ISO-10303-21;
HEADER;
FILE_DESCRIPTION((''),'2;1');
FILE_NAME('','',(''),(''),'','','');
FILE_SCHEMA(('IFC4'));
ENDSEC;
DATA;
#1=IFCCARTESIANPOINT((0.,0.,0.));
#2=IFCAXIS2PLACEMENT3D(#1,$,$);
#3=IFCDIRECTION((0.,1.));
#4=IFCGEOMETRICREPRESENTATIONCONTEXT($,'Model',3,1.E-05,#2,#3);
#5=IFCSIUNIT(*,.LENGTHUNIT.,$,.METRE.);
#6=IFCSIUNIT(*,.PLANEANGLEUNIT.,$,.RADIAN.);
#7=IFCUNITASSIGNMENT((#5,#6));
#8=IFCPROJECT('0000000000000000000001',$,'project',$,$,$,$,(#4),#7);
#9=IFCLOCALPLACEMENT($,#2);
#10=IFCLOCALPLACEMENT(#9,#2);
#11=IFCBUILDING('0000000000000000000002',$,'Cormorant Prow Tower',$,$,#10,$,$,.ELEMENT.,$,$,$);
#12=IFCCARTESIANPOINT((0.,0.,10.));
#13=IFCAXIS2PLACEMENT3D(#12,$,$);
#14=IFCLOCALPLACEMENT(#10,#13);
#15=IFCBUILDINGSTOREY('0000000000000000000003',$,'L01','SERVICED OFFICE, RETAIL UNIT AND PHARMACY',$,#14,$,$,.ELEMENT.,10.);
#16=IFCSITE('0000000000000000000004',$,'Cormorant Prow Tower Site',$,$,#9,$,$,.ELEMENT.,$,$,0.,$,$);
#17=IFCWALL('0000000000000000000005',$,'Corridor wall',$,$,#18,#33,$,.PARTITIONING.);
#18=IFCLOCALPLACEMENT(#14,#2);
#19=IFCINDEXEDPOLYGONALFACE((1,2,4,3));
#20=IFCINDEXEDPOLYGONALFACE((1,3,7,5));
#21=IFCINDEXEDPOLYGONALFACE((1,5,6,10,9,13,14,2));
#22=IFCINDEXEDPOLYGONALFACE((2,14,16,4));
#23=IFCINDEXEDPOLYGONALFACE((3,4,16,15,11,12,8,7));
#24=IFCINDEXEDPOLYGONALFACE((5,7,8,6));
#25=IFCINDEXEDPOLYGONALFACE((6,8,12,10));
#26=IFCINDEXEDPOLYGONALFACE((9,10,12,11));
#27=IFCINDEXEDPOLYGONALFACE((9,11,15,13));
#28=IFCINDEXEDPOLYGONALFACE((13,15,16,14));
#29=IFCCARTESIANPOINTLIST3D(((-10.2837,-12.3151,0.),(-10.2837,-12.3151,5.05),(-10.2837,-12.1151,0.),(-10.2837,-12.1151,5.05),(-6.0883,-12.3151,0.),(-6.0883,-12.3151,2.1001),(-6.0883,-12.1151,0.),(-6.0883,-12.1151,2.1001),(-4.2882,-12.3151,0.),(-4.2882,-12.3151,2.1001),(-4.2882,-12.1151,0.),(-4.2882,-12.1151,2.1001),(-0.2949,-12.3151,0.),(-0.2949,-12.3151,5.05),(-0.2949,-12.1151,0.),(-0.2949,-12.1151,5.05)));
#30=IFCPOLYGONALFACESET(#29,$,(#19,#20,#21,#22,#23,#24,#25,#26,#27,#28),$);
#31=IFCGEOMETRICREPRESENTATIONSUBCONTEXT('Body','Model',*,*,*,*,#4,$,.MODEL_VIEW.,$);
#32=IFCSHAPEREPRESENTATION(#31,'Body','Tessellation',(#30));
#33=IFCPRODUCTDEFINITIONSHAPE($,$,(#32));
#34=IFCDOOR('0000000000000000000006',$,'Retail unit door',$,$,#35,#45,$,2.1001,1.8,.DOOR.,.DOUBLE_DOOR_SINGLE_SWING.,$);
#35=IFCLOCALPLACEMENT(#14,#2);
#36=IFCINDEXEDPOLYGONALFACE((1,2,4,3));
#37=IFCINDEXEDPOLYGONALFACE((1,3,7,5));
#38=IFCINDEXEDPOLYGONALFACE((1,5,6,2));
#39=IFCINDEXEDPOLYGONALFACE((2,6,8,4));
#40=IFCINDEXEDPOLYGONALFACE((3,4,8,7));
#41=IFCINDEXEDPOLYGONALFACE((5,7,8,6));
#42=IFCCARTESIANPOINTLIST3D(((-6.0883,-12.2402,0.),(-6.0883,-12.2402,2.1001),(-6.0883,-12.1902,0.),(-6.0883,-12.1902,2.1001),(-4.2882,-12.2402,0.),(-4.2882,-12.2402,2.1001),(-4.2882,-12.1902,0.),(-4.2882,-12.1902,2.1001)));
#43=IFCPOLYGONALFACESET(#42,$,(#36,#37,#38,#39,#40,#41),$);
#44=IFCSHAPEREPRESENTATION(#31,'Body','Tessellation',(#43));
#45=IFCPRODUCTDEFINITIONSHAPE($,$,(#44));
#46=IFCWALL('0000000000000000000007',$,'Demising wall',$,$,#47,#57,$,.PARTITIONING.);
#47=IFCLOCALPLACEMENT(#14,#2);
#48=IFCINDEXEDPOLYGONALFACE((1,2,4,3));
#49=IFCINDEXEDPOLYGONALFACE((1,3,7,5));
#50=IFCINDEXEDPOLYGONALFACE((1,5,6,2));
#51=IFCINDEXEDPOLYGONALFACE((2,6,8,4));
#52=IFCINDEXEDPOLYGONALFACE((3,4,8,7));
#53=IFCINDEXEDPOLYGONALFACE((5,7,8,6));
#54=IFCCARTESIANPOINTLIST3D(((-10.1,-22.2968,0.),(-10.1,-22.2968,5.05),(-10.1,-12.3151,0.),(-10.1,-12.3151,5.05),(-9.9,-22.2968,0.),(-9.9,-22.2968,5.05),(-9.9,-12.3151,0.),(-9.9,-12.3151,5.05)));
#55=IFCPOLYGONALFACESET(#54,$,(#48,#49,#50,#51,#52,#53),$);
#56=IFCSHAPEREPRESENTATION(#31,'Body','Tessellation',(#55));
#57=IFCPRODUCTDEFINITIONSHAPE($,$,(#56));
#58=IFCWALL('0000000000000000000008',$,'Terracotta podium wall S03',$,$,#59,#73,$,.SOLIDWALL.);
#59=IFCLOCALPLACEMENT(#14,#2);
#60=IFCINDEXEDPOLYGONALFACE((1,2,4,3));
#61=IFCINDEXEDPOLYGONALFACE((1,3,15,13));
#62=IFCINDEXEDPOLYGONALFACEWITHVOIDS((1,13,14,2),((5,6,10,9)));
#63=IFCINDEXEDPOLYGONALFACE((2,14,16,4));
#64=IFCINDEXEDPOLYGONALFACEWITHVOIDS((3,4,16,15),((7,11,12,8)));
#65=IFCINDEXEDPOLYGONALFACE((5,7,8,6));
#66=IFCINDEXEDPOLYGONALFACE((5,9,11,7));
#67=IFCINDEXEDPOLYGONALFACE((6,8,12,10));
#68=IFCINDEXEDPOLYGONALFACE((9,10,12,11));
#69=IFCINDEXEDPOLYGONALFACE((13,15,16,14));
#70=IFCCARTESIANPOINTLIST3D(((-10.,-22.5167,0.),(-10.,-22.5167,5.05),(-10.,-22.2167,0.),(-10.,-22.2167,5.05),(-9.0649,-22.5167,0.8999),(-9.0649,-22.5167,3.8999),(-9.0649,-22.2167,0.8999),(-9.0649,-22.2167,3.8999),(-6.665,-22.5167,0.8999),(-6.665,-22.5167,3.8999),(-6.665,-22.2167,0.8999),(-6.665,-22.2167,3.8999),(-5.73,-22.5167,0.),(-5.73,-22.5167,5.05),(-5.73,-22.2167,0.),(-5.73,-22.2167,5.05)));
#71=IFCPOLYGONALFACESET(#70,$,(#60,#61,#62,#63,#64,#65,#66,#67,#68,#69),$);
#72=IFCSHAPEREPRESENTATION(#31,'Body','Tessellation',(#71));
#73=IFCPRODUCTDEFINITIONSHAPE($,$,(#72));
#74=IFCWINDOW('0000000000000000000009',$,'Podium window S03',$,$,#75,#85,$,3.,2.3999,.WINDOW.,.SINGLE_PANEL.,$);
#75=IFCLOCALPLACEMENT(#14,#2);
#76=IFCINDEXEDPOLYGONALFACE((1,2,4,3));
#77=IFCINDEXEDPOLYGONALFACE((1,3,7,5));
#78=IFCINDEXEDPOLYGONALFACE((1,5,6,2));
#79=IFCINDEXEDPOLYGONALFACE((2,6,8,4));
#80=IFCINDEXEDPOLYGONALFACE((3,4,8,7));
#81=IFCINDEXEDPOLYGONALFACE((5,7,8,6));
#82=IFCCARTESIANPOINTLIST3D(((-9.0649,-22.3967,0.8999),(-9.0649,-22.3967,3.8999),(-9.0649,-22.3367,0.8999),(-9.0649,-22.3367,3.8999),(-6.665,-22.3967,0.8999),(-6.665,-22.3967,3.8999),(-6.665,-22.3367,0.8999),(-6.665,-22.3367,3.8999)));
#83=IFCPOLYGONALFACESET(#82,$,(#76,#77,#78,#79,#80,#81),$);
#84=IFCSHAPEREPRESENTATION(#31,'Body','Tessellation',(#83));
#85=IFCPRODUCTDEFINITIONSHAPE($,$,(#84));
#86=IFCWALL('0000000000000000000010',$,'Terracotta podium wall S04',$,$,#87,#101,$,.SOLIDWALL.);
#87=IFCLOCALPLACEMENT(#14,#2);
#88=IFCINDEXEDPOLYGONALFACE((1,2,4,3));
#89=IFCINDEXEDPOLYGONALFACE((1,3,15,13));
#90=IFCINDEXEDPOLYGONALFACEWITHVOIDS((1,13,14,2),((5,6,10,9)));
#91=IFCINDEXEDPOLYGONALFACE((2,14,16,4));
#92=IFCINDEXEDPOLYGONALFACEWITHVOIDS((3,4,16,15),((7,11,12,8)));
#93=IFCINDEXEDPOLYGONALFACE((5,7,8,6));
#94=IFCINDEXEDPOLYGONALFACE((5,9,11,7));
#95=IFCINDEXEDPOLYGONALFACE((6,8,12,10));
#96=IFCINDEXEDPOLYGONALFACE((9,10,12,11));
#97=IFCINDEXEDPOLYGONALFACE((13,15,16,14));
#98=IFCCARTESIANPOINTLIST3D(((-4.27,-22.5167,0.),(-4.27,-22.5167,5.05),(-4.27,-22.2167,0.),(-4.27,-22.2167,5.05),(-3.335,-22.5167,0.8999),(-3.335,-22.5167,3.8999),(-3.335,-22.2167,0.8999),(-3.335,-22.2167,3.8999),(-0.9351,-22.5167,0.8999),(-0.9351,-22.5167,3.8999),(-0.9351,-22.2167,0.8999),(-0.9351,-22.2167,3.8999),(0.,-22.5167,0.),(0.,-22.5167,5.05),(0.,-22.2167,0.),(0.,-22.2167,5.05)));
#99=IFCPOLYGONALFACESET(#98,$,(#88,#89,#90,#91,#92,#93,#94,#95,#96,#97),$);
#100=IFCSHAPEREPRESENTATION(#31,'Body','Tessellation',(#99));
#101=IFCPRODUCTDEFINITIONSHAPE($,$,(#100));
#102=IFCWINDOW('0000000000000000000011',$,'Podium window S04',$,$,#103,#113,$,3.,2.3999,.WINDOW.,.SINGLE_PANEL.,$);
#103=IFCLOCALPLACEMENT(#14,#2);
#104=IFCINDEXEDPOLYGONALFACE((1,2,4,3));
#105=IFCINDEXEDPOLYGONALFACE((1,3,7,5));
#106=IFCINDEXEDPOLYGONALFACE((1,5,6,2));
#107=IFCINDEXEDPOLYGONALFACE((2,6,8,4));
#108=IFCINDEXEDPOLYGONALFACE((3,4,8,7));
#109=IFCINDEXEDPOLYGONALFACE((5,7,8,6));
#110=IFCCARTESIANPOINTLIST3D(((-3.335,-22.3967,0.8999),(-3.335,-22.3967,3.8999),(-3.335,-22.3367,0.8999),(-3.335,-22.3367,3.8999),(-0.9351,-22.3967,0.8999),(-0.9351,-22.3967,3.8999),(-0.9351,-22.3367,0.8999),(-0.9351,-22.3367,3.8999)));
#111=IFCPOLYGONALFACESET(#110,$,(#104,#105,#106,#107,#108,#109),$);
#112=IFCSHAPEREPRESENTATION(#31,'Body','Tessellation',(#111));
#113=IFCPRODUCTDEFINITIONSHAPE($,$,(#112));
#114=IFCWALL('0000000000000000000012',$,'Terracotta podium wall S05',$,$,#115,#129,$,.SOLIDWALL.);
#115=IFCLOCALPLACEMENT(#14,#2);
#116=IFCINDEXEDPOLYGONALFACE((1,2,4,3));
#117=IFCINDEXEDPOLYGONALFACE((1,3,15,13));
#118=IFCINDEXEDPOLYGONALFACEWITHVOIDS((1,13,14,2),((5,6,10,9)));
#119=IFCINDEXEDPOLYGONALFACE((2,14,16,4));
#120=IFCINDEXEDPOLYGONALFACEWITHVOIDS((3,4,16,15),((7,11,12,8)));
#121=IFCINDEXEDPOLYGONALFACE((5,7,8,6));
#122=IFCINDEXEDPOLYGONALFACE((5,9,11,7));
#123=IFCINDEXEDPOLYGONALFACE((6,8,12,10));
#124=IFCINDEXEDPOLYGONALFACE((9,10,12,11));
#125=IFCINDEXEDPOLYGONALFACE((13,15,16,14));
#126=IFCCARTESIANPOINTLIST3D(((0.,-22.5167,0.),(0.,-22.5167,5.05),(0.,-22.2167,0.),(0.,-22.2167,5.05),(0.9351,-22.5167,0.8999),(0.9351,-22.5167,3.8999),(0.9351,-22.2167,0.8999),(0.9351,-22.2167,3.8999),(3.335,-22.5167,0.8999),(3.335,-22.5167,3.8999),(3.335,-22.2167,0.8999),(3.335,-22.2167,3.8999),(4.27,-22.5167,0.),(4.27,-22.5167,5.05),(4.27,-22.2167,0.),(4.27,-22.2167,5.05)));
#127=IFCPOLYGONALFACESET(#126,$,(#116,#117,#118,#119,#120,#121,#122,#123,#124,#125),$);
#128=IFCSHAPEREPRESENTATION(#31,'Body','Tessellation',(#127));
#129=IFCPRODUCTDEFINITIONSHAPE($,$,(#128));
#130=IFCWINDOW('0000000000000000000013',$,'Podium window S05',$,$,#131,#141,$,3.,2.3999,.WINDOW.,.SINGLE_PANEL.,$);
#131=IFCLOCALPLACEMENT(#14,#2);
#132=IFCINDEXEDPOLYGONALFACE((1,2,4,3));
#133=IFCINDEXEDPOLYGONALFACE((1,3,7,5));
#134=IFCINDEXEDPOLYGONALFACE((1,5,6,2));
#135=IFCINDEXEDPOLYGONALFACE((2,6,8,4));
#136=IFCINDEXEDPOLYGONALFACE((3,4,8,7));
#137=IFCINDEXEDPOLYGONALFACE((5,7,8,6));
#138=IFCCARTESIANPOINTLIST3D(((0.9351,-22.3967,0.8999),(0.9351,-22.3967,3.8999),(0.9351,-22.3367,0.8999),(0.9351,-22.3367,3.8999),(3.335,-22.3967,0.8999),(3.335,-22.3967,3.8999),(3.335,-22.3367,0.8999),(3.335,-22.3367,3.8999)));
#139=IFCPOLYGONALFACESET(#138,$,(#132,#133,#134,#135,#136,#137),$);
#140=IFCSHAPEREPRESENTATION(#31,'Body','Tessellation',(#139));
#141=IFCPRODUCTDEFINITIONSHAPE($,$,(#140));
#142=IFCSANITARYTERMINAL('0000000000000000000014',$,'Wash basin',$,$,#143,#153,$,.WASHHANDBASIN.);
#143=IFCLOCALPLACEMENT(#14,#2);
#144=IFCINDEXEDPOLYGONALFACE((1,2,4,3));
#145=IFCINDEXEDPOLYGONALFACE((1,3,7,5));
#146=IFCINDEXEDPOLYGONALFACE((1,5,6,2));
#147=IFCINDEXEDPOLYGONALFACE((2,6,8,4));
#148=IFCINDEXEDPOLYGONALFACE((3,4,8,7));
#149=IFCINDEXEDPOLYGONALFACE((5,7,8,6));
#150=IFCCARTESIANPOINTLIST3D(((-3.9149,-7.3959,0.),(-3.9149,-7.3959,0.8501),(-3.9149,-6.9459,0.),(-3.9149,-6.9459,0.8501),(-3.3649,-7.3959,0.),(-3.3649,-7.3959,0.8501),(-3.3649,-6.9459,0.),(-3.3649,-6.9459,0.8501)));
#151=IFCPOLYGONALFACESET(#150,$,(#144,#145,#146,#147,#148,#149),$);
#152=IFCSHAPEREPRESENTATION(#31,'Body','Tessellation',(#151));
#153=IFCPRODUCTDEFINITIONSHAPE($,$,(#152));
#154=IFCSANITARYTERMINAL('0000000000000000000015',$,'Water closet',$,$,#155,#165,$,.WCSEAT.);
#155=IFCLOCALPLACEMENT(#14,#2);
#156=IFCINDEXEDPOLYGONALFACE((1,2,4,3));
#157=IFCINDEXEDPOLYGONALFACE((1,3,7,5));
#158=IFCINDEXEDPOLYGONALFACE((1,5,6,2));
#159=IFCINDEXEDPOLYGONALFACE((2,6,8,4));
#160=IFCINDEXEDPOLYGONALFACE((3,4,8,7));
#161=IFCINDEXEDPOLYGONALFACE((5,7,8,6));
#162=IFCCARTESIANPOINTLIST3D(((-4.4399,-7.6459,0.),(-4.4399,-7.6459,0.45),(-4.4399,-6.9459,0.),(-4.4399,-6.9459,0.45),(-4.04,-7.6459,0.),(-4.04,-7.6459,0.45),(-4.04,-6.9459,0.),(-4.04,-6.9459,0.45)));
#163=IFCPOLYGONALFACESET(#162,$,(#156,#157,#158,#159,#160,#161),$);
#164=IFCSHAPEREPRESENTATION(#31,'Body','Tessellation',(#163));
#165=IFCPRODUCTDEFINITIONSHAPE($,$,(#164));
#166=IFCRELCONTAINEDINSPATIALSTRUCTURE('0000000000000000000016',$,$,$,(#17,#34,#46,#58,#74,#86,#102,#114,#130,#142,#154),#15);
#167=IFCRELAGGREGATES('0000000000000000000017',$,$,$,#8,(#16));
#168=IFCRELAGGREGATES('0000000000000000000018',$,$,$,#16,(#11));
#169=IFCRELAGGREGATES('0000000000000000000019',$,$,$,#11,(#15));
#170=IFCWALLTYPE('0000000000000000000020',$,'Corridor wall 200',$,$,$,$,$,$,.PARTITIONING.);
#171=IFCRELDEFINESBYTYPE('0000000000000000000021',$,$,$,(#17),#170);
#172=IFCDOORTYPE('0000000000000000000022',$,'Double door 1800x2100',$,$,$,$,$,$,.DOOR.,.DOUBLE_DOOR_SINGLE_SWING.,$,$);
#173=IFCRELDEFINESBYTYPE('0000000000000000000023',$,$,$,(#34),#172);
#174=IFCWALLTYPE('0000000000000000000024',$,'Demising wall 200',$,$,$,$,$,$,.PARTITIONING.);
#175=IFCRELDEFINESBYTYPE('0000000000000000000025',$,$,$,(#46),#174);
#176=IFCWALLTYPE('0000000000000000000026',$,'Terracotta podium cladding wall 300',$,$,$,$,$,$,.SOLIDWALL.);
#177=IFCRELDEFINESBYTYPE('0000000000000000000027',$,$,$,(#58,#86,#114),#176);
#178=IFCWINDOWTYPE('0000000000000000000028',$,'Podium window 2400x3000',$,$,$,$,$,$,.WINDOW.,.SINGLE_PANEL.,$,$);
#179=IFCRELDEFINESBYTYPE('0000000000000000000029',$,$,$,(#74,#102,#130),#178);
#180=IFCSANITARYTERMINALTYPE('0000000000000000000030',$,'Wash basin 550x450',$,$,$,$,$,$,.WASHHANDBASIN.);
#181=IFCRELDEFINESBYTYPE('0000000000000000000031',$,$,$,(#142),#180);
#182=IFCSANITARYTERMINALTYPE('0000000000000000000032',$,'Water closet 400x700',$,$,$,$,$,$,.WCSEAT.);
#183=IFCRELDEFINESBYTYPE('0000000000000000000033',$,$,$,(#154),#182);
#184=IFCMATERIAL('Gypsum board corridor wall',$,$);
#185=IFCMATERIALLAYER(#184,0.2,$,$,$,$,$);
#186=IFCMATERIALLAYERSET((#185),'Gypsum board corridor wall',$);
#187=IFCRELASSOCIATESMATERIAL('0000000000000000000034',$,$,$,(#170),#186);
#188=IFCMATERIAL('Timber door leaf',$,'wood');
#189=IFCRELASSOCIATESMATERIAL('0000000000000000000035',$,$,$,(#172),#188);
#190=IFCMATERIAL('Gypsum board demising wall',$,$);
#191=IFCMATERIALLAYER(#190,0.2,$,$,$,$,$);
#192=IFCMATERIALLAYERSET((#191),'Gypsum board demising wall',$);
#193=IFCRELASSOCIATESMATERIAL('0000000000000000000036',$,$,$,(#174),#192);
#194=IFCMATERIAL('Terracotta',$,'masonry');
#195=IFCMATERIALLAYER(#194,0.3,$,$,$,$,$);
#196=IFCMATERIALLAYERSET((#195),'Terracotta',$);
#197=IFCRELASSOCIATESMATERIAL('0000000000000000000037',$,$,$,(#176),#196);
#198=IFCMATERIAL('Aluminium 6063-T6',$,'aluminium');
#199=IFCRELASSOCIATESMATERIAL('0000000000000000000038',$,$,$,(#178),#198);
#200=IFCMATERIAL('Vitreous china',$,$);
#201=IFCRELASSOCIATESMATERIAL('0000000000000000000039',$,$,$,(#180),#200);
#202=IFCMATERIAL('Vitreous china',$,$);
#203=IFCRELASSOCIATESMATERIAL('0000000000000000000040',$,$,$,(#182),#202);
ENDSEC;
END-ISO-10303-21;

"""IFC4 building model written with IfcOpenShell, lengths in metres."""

from ifc_helpers import new_model, si_unit, direction, frame, frame_2d, origin, origin_2d, place, context, subcontext, project, spatial, rectangle, extrude, material, layer, layer_set, type_object, element, fill, save


model = new_model("IFC4")

# Units and contexts
model_context = context("Model", 3, precision=1e-05, world=origin(), true_north=direction((0.0, 1.0)))
body_context = subcontext(model_context, "Body", "Model", "MODEL_VIEW")
ifc_project = project(units=[si_unit("LENGTHUNIT", "METRE"), si_unit("PLANEANGLEUNIT", "RADIAN")], contexts=[model_context])

# Site, building, storey
site_placement = place(None, origin())
site = spatial("IfcSite", under=ifc_project, at=site_placement, Name="Cormorant Prow Tower Site", CompositionType="ELEMENT", RefElevation=0.0)
building_placement = place(site_placement, origin())
building = spatial("IfcBuilding", under=site, at=building_placement, Name="Cormorant Prow Tower", CompositionType="ELEMENT")
storey_placement = place(building_placement, frame((0.0, 0.0, 10.0)))
storey = spatial("IfcBuildingStorey", under=building, at=storey_placement, Name="L01", Description="SERVICED OFFICE, RETAIL UNIT AND PHARMACY", CompositionType="ELEMENT", Elevation=10.0)

# Wall, opening, door
ifc_material_1 = material(Name="Gypsum board corridor wall")
ifc_layer_1 = layer(ifc_material_1, 0.2)
ifc_layer_set_1 = layer_set([ifc_layer_1], Name="Gypsum board corridor wall")
wall_type_1 = type_object("IfcWallType", Name="Corridor wall 200", PredefinedType="PARTITIONING", material=ifc_layer_set_1)
wall_1_placement = place(storey_placement, frame((-10.2837, -12.2151, 0.0), z_axis=(0.0, 0.0, 1.0), x_axis=(1.0, 0.0, 0.0)))
wall_1 = element("IfcWall", 1, at=wall_1_placement, inside=storey, type_object=wall_type_1, Name="Corridor wall", PredefinedType="PARTITIONING", context=body_context, shape_type="SweptSolid", body=[
    extrude(rectangle(XDim=9.9888, YDim=0.2, at=frame_2d((4.9944, 0.0))), origin(), (0.0, 0.0, 1.0), 5.05),
])
opening_1_placement = place(wall_1_placement, frame((4.1956, 0.0, 0.0)))
opening_1 = element("IfcOpeningElement", 2, at=opening_1_placement, cuts=wall_1, PredefinedType="OPENING", context=body_context, shape_type="SweptSolid", body=[
    extrude(rectangle(XDim=1.8, YDim=2.1001, at=frame_2d((0.8999, 1.05))), frame((0.0, 0.1099, 0.0), z_axis=(0.0, -1.0, 0.0), x_axis=(1.0, 0.0, 0.0)), (0.0, 0.0, 1.0), 0.22),
])
ifc_material_2 = material(Name="Timber door leaf", Category="wood")
door_type_1 = type_object("IfcDoorType", Name="Double door 1800x2100", OperationType="DOUBLE_DOOR_SINGLE_SWING", PredefinedType="DOOR", material=ifc_material_2)
door_1_placement = place(opening_1_placement, origin())
door_1 = element("IfcDoor", 3, at=door_1_placement, inside=storey, type_object=door_type_1, Name="Retail unit door", OperationType="DOUBLE_DOOR_SINGLE_SWING", OverallHeight=2.1001, OverallWidth=1.8, PredefinedType="DOOR", context=body_context, shape_type="SweptSolid", body=[
    extrude(rectangle(XDim=1.8, YDim=2.1001, at=frame_2d((0.8999, 1.05))), frame((0.0, 0.0249, 0.0), z_axis=(0.0, -1.0, 0.0), x_axis=(1.0, 0.0, 0.0)), (0.0, 0.0, 1.0), 0.05),
])
fill(opening_1, door_1)

# Wall
ifc_material_3 = material(Name="Gypsum board demising wall")
ifc_layer_2 = layer(ifc_material_3, 0.2)
ifc_layer_set_2 = layer_set([ifc_layer_2], Name="Gypsum board demising wall")
wall_type_2 = type_object("IfcWallType", Name="Demising wall 200", PredefinedType="PARTITIONING", material=ifc_layer_set_2)
wall_2_placement = place(storey_placement, frame((-10.0, -22.2966, 0.0), z_axis=(0.0, 0.0, 1.0), x_axis=(0.0, 1.0, 0.0)))
element("IfcWall", 4, at=wall_2_placement, inside=storey, type_object=wall_type_2, Name="Demising wall", PredefinedType="PARTITIONING", context=body_context, shape_type="SweptSolid", body=[
    extrude(rectangle(XDim=9.9817, YDim=0.2, at=frame_2d((4.9907, 0.0))), origin(), (0.0, 0.0, 1.0), 5.05),
])

# Walls, openings, windows
ifc_material_4 = material(Name="Terracotta", Category="masonry")
ifc_layer_3 = layer(ifc_material_4, 0.3)
ifc_layer_set_3 = layer_set([ifc_layer_3], Name="Terracotta")
wall_type_3 = type_object("IfcWallType", Name="Terracotta podium cladding wall 300", PredefinedType="SOLIDWALL", material=ifc_layer_set_3)
wall_3_placement = place(storey_placement, frame((-10.0, -22.3667, 0.0), z_axis=(0.0, 0.0, 1.0), x_axis=(1.0, 0.0, 0.0)))
wall_3 = element("IfcWall", 5, at=wall_3_placement, inside=storey, type_object=wall_type_3, Name="Terracotta podium wall S03", PredefinedType="SOLIDWALL", context=body_context, shape_type="SweptSolid", body=[
    extrude(rectangle(XDim=4.27, YDim=0.3, at=frame_2d((2.135, 0.0))), origin(), (0.0, 0.0, 1.0), 5.05),
])
opening_2_placement = place(wall_3_placement, frame((0.9351, 0.0, 0.8999)))
opening_2 = element("IfcOpeningElement", 6, at=opening_2_placement, cuts=wall_3, PredefinedType="OPENING", context=body_context, shape_type="SweptSolid", body=[
    extrude(rectangle(XDim=2.3999, YDim=3.0, at=frame_2d((1.2, 1.5))), frame((0.0, 0.1599, 0.0), z_axis=(0.0, -1.0, 0.0), x_axis=(1.0, 0.0, 0.0)), (0.0, 0.0, 1.0), 0.3201),
])
ifc_material_5 = material(Name="Aluminium 6063-T6", Category="aluminium")
window_type = type_object("IfcWindowType", Name="Podium window 2400x3000", PartitioningType="SINGLE_PANEL", PredefinedType="WINDOW", material=ifc_material_5)
window_1_placement = place(opening_2_placement, origin())
window_1 = element("IfcWindow", 7, at=window_1_placement, inside=storey, type_object=window_type, Name="Podium window S03", OverallHeight=3.0, OverallWidth=2.3999, PartitioningType="SINGLE_PANEL", PredefinedType="WINDOW", context=body_context, shape_type="SweptSolid", body=[
    extrude(rectangle(XDim=2.3999, YDim=3.0, at=frame_2d((1.2, 1.5))), frame((0.0, 0.03, 0.0), z_axis=(0.0, -1.0, 0.0), x_axis=(1.0, 0.0, 0.0)), (0.0, 0.0, 1.0), 0.0601),
])
fill(opening_2, window_1)
wall_4_placement = place(storey_placement, frame((-4.27, -22.3667, 0.0), z_axis=(0.0, 0.0, 1.0), x_axis=(1.0, 0.0, 0.0)))
wall_4 = element("IfcWall", 8, at=wall_4_placement, inside=storey, type_object=wall_type_3, Name="Terracotta podium wall S04", PredefinedType="SOLIDWALL", context=body_context, shape_type="SweptSolid", body=[
    extrude(rectangle(XDim=4.27, YDim=0.3, at=frame_2d((2.135, 0.0))), origin(), (0.0, 0.0, 1.0), 5.05),
])
opening_3_placement = place(wall_4_placement, frame((0.9351, 0.0, 0.8999)))
opening_3 = element("IfcOpeningElement", 9, at=opening_3_placement, cuts=wall_4, PredefinedType="OPENING", context=body_context, shape_type="SweptSolid", body=[
    extrude(rectangle(XDim=2.3999, YDim=3.0, at=frame_2d((1.2, 1.5))), frame((0.0, 0.1599, 0.0), z_axis=(0.0, -1.0, 0.0), x_axis=(1.0, 0.0, 0.0)), (0.0, 0.0, 1.0), 0.3201),
])
window_2_placement = place(opening_3_placement, origin())
window_2 = element("IfcWindow", 10, at=window_2_placement, inside=storey, type_object=window_type, Name="Podium window S04", OverallHeight=3.0, OverallWidth=2.3999, PartitioningType="SINGLE_PANEL", PredefinedType="WINDOW", context=body_context, shape_type="SweptSolid", body=[
    extrude(rectangle(XDim=2.3999, YDim=3.0, at=frame_2d((1.2, 1.5))), frame((0.0, 0.03, 0.0), z_axis=(0.0, -1.0, 0.0), x_axis=(1.0, 0.0, 0.0)), (0.0, 0.0, 1.0), 0.0601),
])
fill(opening_3, window_2)
wall_5_placement = place(storey_placement, frame((0.0, -22.3667, 0.0), z_axis=(0.0, 0.0, 1.0), x_axis=(1.0, 0.0, 0.0)))
wall_5 = element("IfcWall", 11, at=wall_5_placement, inside=storey, type_object=wall_type_3, Name="Terracotta podium wall S05", PredefinedType="SOLIDWALL", context=body_context, shape_type="SweptSolid", body=[
    extrude(rectangle(XDim=4.27, YDim=0.3, at=frame_2d((2.135, 0.0))), origin(), (0.0, 0.0, 1.0), 5.05),
])
opening_4_placement = place(wall_5_placement, frame((0.9351, 0.0, 0.8999)))
opening_4 = element("IfcOpeningElement", 12, at=opening_4_placement, cuts=wall_5, PredefinedType="OPENING", context=body_context, shape_type="SweptSolid", body=[
    extrude(rectangle(XDim=2.3999, YDim=3.0, at=frame_2d((1.2, 1.5))), frame((0.0, 0.1599, 0.0), z_axis=(0.0, -1.0, 0.0), x_axis=(1.0, 0.0, 0.0)), (0.0, 0.0, 1.0), 0.3201),
])
window_3_placement = place(opening_4_placement, origin())
window_3 = element("IfcWindow", 13, at=window_3_placement, inside=storey, type_object=window_type, Name="Podium window S05", OverallHeight=3.0, OverallWidth=2.3999, PartitioningType="SINGLE_PANEL", PredefinedType="WINDOW", context=body_context, shape_type="SweptSolid", body=[
    extrude(rectangle(XDim=2.3999, YDim=3.0, at=frame_2d((1.2, 1.5))), frame((0.0, 0.03, 0.0), z_axis=(0.0, -1.0, 0.0), x_axis=(1.0, 0.0, 0.0)), (0.0, 0.0, 1.0), 0.0601),
])
fill(opening_4, window_3)

# Sanitary terminals
ifc_material_6 = material(Name="Vitreous china")
sanitary_terminal_type_1 = type_object("IfcSanitaryTerminalType", Name="Wash basin 550x450", PredefinedType="WASHHANDBASIN", material=ifc_material_6)
sanitary_terminal_placement = place(storey_placement, frame((-3.6399, -7.1709, 0.0), z_axis=(0.0, 0.0, 1.0), x_axis=(-1.0, 0.0, 0.0)))
element("IfcSanitaryTerminal", 14, at=sanitary_terminal_placement, inside=storey, type_object=sanitary_terminal_type_1, Name="Wash basin", PredefinedType="WASHHANDBASIN", context=body_context, shape_type="SweptSolid", body=[
    extrude(rectangle(XDim=0.55, YDim=0.45, at=origin_2d()), origin(), (0.0, 0.0, 1.0), 0.8501),
])
ifc_material_7 = material(Name="Vitreous china")
sanitary_terminal_type_2 = type_object("IfcSanitaryTerminalType", Name="Water closet 400x700", PredefinedType="WCSEAT", material=ifc_material_7)
for number, where, z_axis, x_axis, name in (
    (15, (-4.24, -7.2959, 0.0), (0.0, 0.0, 1.0), (-1.0, 0.0, 0.0), "Water closet"),
):
    element("IfcSanitaryTerminal", number, at=place(storey_placement, frame(where, z_axis=z_axis, x_axis=x_axis)), inside=storey, type_object=sanitary_terminal_type_2, Name=name, PredefinedType="WCSEAT", context=body_context, shape_type="SweptSolid", body=[
        extrude(rectangle(XDim=0.3999, YDim=0.7, at=origin_2d()), origin(), (0.0, 0.0, 1.0), 0.45),
    ])

save(model, "model.ifc")
